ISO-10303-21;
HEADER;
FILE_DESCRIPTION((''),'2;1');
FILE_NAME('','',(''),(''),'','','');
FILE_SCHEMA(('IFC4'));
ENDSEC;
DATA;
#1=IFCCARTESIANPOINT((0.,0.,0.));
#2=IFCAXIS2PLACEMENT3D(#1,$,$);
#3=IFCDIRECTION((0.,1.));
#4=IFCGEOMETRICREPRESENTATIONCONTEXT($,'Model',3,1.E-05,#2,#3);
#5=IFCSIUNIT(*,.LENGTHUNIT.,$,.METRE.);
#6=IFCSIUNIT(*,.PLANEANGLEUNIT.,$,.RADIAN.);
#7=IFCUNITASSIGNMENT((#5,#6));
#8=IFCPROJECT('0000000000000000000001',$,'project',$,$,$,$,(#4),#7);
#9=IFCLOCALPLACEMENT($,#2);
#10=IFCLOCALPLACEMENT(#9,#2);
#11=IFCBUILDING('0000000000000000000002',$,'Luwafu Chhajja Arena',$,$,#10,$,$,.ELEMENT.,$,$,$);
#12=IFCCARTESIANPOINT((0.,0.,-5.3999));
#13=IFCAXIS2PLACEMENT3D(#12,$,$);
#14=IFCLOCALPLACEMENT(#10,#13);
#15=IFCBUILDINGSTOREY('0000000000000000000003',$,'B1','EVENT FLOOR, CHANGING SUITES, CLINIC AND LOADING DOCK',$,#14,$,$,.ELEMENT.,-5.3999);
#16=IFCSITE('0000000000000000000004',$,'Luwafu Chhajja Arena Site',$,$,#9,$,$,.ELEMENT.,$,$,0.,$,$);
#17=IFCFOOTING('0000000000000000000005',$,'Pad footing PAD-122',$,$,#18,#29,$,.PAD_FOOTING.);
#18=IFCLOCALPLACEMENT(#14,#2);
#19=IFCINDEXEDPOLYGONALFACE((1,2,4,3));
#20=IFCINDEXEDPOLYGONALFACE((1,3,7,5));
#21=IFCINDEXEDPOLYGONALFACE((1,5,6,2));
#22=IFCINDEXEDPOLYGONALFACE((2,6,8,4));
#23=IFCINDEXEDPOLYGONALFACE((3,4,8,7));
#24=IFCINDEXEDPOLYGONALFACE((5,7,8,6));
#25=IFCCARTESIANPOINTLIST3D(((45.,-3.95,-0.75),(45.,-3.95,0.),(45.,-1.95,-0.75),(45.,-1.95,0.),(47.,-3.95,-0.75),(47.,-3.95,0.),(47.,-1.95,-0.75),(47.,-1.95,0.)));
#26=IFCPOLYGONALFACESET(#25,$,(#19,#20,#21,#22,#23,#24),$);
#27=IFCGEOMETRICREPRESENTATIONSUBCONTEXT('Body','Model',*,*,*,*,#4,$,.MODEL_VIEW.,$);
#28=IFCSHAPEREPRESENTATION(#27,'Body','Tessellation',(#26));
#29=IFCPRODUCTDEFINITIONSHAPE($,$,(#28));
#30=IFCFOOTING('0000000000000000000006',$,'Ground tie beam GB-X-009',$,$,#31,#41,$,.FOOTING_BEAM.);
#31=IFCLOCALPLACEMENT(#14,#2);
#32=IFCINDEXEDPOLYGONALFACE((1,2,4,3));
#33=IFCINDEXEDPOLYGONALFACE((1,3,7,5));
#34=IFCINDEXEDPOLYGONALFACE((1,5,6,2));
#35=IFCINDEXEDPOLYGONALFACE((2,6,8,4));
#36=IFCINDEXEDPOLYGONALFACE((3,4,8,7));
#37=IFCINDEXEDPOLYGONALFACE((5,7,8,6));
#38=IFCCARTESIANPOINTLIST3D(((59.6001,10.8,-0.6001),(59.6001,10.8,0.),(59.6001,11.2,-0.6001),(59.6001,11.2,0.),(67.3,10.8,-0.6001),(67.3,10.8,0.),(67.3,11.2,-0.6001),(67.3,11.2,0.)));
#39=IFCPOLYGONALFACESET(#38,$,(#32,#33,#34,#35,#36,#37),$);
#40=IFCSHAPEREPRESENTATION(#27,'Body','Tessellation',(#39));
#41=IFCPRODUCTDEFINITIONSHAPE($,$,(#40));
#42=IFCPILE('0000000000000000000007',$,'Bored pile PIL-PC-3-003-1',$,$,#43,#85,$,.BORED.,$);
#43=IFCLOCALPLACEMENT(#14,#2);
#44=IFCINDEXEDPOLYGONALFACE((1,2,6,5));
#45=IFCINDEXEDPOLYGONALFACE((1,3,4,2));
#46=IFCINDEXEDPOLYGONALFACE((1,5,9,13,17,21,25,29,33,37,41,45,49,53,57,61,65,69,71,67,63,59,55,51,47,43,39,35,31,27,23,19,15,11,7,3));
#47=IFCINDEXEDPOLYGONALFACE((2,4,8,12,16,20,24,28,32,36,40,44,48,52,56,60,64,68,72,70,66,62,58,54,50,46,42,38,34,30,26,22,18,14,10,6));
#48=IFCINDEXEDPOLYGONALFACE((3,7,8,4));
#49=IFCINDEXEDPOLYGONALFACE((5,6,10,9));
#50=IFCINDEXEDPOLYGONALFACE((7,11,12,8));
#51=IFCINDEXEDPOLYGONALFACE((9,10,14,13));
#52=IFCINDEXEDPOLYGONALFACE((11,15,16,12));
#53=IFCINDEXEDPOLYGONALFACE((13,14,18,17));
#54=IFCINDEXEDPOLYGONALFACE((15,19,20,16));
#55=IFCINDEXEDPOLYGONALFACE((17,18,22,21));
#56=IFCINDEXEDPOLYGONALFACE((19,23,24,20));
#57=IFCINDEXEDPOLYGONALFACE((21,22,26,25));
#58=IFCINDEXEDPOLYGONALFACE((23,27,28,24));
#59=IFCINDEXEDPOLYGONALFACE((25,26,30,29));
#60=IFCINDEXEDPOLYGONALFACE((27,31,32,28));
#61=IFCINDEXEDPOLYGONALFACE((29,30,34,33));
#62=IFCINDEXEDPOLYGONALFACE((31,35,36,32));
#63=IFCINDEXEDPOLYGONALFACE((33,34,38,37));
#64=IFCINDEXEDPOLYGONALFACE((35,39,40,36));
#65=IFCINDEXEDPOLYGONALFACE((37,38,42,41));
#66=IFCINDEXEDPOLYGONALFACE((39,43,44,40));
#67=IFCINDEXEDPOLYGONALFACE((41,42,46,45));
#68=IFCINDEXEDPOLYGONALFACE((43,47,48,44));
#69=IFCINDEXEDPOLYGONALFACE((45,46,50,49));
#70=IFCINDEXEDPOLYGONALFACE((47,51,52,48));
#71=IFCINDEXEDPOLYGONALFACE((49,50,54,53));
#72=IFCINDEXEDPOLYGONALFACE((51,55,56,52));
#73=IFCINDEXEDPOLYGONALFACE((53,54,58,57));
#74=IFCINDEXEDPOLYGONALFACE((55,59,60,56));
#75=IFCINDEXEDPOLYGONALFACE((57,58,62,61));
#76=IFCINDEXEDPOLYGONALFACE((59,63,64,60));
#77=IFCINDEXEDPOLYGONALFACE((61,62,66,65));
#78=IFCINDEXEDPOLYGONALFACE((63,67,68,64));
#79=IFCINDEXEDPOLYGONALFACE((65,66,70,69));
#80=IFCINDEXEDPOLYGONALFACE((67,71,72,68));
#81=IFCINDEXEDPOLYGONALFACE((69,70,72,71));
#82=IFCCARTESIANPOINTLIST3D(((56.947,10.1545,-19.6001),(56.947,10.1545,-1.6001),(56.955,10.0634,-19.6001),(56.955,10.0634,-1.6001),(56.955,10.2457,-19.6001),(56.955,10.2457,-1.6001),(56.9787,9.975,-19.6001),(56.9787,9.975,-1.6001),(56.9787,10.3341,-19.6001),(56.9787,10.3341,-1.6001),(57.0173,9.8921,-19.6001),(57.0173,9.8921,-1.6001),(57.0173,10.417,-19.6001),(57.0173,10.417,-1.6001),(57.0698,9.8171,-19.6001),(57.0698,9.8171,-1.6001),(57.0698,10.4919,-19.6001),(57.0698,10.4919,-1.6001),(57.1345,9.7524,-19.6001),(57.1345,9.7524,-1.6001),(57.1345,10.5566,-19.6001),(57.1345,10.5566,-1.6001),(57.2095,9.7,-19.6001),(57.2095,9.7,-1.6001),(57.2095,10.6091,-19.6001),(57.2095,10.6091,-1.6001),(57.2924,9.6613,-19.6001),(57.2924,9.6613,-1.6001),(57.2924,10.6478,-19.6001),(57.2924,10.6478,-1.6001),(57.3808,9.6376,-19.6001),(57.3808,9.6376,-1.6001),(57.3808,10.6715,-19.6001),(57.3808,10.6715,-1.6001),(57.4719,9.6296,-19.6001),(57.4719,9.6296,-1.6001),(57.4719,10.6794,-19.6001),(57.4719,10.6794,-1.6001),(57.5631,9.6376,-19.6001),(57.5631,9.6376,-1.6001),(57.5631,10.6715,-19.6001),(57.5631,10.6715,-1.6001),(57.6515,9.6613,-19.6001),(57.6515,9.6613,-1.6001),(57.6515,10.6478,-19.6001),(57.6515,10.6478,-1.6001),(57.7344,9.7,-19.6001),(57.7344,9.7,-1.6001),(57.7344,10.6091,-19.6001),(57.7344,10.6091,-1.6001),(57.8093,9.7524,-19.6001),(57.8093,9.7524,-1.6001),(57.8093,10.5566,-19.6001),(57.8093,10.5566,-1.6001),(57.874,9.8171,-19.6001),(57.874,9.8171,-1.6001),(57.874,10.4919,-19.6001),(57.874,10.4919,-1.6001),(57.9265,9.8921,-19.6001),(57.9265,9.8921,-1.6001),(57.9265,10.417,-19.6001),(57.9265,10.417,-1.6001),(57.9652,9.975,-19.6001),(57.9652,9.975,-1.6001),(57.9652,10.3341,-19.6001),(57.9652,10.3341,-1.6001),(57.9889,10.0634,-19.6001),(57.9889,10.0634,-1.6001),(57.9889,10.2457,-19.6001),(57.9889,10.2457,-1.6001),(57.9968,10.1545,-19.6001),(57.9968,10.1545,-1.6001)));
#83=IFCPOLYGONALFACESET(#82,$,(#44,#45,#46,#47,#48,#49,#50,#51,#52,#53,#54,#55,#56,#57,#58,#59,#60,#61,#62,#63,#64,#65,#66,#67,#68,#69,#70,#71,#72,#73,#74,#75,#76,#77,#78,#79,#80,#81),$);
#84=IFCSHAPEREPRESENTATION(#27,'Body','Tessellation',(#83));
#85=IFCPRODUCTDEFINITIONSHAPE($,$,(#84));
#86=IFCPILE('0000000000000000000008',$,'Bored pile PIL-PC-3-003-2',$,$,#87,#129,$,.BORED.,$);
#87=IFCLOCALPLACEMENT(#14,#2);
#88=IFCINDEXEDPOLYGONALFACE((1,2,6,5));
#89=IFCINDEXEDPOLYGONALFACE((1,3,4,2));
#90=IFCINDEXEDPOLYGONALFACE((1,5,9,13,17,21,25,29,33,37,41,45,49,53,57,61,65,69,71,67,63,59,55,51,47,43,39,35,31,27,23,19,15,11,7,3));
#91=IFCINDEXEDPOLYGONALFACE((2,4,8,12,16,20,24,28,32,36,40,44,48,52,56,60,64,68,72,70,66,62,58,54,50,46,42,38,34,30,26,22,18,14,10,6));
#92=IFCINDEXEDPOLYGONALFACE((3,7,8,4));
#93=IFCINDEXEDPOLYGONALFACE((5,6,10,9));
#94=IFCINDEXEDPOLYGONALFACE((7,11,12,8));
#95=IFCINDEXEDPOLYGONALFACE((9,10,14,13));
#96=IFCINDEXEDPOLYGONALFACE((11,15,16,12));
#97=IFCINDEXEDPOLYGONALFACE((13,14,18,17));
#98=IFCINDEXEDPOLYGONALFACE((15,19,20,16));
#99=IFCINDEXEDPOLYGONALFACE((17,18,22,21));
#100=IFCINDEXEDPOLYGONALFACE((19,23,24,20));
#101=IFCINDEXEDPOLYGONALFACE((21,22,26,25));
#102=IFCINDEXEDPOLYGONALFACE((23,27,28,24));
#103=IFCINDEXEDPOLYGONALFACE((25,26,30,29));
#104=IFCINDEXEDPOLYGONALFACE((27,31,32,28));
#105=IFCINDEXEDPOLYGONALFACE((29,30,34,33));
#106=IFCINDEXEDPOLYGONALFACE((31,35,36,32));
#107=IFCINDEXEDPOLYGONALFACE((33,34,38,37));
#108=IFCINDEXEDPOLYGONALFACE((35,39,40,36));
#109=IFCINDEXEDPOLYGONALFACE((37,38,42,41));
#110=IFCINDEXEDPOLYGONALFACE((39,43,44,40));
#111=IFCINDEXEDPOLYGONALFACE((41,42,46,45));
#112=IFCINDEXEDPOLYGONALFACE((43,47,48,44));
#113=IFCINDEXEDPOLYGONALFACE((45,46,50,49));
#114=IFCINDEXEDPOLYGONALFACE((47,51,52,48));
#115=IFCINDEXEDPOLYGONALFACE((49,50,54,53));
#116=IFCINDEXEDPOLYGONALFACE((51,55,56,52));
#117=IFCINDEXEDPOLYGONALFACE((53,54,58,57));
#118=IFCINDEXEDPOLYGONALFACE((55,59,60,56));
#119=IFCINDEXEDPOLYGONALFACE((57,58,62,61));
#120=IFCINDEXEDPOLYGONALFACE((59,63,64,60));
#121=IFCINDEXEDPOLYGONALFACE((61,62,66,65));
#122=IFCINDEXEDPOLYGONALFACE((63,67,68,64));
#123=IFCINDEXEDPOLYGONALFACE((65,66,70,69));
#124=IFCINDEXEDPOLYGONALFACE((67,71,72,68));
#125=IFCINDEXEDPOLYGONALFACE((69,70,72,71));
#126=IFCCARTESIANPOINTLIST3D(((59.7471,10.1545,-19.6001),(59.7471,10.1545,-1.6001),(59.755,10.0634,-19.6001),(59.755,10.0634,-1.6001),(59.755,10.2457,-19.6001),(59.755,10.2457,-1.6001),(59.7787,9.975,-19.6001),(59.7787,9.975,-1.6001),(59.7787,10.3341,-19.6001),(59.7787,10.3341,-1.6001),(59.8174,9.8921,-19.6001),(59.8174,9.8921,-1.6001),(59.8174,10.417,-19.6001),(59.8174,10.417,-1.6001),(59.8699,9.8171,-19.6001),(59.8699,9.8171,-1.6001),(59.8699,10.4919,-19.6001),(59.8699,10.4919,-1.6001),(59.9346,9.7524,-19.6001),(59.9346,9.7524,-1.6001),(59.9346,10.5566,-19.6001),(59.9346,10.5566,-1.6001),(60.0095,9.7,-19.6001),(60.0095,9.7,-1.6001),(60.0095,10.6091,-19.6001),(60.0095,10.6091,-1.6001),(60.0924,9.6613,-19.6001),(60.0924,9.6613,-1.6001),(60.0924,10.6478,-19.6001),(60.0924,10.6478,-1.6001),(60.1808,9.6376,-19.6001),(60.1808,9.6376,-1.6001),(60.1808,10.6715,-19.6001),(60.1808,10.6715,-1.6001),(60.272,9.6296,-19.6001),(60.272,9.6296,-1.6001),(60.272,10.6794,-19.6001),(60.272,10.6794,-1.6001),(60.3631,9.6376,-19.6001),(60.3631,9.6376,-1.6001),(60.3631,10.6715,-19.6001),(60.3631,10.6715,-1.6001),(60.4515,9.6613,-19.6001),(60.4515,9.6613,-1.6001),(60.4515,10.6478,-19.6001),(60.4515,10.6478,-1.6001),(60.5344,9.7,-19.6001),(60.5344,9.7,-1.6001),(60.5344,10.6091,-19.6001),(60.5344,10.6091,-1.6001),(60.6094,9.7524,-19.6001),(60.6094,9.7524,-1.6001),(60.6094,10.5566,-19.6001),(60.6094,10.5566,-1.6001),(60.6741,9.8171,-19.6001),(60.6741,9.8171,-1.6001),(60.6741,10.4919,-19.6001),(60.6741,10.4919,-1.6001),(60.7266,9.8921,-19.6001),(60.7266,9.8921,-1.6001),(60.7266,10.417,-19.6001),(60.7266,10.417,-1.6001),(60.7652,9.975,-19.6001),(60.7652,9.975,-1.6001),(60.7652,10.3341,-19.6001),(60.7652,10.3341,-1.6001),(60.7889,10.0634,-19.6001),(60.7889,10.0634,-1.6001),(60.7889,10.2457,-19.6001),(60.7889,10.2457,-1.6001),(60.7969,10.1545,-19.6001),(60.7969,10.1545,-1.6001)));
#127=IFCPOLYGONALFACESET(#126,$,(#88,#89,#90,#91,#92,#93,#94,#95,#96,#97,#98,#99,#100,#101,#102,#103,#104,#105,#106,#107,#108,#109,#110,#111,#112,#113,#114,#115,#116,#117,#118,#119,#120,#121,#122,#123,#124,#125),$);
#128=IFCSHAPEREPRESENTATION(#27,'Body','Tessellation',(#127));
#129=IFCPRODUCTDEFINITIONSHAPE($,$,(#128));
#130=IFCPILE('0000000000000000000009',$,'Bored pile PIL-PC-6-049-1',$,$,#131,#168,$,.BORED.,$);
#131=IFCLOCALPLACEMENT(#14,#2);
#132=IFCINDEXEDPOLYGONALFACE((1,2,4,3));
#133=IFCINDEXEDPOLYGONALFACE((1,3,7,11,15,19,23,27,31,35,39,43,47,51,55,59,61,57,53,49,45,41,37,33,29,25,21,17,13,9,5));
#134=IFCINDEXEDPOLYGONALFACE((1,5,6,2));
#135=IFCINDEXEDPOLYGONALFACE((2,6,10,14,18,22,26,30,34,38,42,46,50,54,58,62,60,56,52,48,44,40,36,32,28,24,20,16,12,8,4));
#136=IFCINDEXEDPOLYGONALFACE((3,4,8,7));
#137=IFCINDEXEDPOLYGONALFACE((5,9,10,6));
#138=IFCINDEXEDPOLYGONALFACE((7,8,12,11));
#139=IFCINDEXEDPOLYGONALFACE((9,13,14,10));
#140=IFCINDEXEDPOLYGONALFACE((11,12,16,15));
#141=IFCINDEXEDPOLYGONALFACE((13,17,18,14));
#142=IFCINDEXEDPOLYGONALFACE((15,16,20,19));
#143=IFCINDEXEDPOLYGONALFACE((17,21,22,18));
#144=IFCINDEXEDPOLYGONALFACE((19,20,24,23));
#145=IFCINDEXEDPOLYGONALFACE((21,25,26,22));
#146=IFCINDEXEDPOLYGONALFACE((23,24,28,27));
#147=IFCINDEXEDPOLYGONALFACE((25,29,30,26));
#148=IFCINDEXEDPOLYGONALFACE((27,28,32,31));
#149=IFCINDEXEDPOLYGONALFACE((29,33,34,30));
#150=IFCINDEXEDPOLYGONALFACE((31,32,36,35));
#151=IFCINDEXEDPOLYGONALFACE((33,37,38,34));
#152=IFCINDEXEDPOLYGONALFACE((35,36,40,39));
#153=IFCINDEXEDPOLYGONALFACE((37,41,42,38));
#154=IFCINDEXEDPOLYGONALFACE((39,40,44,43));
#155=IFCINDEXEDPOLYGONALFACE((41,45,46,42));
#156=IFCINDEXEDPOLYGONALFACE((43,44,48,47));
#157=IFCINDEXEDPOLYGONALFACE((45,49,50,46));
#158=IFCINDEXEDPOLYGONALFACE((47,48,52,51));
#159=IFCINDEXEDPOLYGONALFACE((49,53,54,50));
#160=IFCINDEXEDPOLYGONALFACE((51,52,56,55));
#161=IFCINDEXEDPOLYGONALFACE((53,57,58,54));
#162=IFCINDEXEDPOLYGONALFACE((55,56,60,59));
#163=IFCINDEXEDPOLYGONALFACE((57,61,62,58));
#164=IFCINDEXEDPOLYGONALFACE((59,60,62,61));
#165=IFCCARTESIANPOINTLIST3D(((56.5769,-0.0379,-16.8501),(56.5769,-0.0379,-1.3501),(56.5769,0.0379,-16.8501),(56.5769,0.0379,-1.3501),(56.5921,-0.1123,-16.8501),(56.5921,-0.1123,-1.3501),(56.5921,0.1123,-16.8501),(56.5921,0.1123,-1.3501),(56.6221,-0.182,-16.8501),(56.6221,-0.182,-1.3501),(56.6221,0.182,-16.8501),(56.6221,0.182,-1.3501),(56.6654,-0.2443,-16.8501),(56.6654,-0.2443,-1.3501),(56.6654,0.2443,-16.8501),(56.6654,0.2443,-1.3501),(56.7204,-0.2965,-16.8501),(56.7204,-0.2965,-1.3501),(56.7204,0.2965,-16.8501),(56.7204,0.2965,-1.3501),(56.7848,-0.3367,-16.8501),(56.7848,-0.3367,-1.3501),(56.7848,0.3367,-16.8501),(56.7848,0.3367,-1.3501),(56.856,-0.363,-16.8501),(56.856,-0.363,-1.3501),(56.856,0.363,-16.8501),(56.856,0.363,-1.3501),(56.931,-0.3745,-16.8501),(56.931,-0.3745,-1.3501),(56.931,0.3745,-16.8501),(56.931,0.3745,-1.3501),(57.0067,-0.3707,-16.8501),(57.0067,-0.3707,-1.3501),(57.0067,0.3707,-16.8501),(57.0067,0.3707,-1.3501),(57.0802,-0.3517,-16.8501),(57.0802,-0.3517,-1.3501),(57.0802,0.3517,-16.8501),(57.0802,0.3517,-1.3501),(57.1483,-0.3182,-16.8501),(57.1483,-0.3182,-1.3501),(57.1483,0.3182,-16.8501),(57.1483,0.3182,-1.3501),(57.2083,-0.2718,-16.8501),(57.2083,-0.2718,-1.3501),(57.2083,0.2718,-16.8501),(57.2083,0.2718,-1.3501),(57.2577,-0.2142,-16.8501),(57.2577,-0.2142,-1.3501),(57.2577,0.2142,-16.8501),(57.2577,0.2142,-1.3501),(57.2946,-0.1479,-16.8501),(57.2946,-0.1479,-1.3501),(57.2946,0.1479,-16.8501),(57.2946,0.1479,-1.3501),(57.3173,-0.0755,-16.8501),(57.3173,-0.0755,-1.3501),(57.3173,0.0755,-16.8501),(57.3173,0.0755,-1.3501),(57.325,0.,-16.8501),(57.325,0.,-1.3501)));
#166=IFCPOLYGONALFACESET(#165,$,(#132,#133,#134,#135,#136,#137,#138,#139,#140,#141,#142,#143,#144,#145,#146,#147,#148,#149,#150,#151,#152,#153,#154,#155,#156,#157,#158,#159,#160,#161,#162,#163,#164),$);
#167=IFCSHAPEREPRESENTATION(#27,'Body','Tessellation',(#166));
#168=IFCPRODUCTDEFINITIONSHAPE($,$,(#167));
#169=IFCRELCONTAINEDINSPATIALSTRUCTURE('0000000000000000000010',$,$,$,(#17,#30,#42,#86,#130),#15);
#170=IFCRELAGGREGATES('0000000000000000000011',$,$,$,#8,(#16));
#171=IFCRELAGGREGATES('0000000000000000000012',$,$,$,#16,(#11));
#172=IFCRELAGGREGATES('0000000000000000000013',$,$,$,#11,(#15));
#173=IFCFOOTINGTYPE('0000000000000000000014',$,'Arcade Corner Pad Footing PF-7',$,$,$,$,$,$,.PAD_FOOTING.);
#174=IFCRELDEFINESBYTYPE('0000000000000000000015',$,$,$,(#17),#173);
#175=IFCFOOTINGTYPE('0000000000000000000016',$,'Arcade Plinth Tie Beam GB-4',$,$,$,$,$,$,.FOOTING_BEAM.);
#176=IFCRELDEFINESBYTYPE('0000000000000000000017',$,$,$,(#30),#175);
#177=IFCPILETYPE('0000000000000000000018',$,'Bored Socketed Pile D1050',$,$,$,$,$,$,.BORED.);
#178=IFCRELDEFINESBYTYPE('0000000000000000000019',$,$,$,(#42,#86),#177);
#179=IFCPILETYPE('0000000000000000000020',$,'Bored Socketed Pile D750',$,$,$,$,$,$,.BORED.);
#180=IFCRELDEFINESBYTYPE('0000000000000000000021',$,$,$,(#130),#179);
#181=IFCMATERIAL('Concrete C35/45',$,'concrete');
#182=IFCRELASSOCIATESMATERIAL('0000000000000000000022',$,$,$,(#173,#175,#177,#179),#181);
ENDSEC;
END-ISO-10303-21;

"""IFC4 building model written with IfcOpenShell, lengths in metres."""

from ifc_helpers import new_model, si_unit, direction, frame, origin, origin_2d, place, context, subcontext, project, spatial, rectangle, circle, extrude, material, material_profile, profile_set, type_object, element, save


model = new_model("IFC4")

# Units and contexts
model_context = context("Model", 3, precision=1e-05, world=origin(), true_north=direction((0.0, 1.0)))
body_context = subcontext(model_context, "Body", "Model", "MODEL_VIEW")
ifc_project = project(units=[si_unit("LENGTHUNIT", "METRE"), si_unit("PLANEANGLEUNIT", "RADIAN")], contexts=[model_context])

# Site, building, storey
site_placement = place(None, origin())
site = spatial("IfcSite", under=ifc_project, at=site_placement, Name="Luwafu Chhajja Arena Site", CompositionType="ELEMENT", RefElevation=0.0)
building_placement = place(site_placement, origin())
building = spatial("IfcBuilding", under=site, at=building_placement, Name="Luwafu Chhajja Arena", CompositionType="ELEMENT")
storey_placement = place(building_placement, frame((0.0, 0.0, -5.3999)))
storey = spatial("IfcBuildingStorey", under=building, at=storey_placement, Name="B1", Description="EVENT FLOOR, CHANGING SUITES, CLINIC AND LOADING DOCK", CompositionType="ELEMENT", Elevation=-5.3999)

# Footings
ifc_material_1 = material(Name="Concrete C35/45", Category="concrete")
footing_type_1 = type_object("IfcFootingType", Name="Arcade Corner Pad Footing PF-7", PredefinedType="PAD_FOOTING", material=ifc_material_1)
footing_1_placement = place(storey_placement, frame((46.0, -2.95, -0.75), z_axis=(0.0, 0.0, 1.0), x_axis=(1.0, 0.0, 0.0)))
element("IfcFooting", 1, at=footing_1_placement, inside=storey, type_object=footing_type_1, Name="Pad footing PAD-122", PredefinedType="PAD_FOOTING", context=body_context, shape_type="SweptSolid", body=[
    extrude(rectangle(XDim=2.0, YDim=2.0, at=origin_2d()), origin(), (0.0, 0.0, 1.0), 0.75),
])
ifc_material_profile_1 = material_profile(ifc_material_1, rectangle(XDim=0.3999, YDim=0.6001, at=origin_2d()), Name="RC 400x600")
ifc_profile_set_1 = profile_set([ifc_material_profile_1], Name="Concrete C35/45")
footing_type_2 = type_object("IfcFootingType", Name="Arcade Plinth Tie Beam GB-4", PredefinedType="FOOTING_BEAM", material=ifc_profile_set_1)
footing_2_placement = place(storey_placement, frame((59.6001, 11.0, -0.3), z_axis=(1.0, 0.0, 0.0), x_axis=(0.0, 1.0, 0.0)))
element("IfcFooting", 2, at=footing_2_placement, inside=storey, type_object=footing_type_2, Name="Ground tie beam GB-X-009", PredefinedType="FOOTING_BEAM", context=body_context, shape_type="SweptSolid", body=[
    extrude(rectangle(XDim=0.3999, YDim=0.6001, at=origin_2d()), origin(), (0.0, 0.0, 1.0), 7.7),
])

# Piles
ifc_material_profile_2 = material_profile(ifc_material_1, circle(Radius=0.5249, at=origin_2d()), Name="PILE D1050")
ifc_profile_set_2 = profile_set([ifc_material_profile_2], Name="Concrete C35/45")
pile_type_1 = type_object("IfcPileType", Name="Bored Socketed Pile D1050", PredefinedType="BORED", material=ifc_profile_set_2)
for number, where, z_axis, x_axis, name in (
    (3, (57.4719, 10.1545, -1.6001), (0.0, 0.0, -1.0), (1.0, 0.0, 0.0), "Bored pile PIL-PC-3-003-1"),
    (4, (60.272, 10.1545, -1.6001), (0.0, 0.0, -1.0), (1.0, 0.0, 0.0), "Bored pile PIL-PC-3-003-2"),
):
    element("IfcPile", number, at=place(storey_placement, frame(where, z_axis=z_axis, x_axis=x_axis)), inside=storey, type_object=pile_type_1, Name=name, PredefinedType="BORED", context=body_context, shape_type="SweptSolid", body=[
        extrude(circle(Radius=0.5249, at=origin_2d()), origin(), (0.0, 0.0, 1.0), 18.0),
    ])
ifc_material_profile_3 = material_profile(ifc_material_1, circle(Radius=0.375, at=origin_2d()), Name="PILE D750")
ifc_profile_set_3 = profile_set([ifc_material_profile_3], Name="Concrete C35/45")
pile_type_2 = type_object("IfcPileType", Name="Bored Socketed Pile D750", PredefinedType="BORED", material=ifc_profile_set_3)
for number, where, z_axis, x_axis, name in (
    (5, (56.95, 0.0, -1.3501), (0.0, 0.0, -1.0), (1.0, 0.0, 0.0), "Bored pile PIL-PC-6-049-1"),
):
    element("IfcPile", number, at=place(storey_placement, frame(where, z_axis=z_axis, x_axis=x_axis)), inside=storey, type_object=pile_type_2, Name=name, PredefinedType="BORED", context=body_context, shape_type="SweptSolid", body=[
        extrude(circle(Radius=0.375, at=origin_2d()), origin(), (0.0, 0.0, 1.0), 15.5),
    ])

save(model, "model.ifc")
